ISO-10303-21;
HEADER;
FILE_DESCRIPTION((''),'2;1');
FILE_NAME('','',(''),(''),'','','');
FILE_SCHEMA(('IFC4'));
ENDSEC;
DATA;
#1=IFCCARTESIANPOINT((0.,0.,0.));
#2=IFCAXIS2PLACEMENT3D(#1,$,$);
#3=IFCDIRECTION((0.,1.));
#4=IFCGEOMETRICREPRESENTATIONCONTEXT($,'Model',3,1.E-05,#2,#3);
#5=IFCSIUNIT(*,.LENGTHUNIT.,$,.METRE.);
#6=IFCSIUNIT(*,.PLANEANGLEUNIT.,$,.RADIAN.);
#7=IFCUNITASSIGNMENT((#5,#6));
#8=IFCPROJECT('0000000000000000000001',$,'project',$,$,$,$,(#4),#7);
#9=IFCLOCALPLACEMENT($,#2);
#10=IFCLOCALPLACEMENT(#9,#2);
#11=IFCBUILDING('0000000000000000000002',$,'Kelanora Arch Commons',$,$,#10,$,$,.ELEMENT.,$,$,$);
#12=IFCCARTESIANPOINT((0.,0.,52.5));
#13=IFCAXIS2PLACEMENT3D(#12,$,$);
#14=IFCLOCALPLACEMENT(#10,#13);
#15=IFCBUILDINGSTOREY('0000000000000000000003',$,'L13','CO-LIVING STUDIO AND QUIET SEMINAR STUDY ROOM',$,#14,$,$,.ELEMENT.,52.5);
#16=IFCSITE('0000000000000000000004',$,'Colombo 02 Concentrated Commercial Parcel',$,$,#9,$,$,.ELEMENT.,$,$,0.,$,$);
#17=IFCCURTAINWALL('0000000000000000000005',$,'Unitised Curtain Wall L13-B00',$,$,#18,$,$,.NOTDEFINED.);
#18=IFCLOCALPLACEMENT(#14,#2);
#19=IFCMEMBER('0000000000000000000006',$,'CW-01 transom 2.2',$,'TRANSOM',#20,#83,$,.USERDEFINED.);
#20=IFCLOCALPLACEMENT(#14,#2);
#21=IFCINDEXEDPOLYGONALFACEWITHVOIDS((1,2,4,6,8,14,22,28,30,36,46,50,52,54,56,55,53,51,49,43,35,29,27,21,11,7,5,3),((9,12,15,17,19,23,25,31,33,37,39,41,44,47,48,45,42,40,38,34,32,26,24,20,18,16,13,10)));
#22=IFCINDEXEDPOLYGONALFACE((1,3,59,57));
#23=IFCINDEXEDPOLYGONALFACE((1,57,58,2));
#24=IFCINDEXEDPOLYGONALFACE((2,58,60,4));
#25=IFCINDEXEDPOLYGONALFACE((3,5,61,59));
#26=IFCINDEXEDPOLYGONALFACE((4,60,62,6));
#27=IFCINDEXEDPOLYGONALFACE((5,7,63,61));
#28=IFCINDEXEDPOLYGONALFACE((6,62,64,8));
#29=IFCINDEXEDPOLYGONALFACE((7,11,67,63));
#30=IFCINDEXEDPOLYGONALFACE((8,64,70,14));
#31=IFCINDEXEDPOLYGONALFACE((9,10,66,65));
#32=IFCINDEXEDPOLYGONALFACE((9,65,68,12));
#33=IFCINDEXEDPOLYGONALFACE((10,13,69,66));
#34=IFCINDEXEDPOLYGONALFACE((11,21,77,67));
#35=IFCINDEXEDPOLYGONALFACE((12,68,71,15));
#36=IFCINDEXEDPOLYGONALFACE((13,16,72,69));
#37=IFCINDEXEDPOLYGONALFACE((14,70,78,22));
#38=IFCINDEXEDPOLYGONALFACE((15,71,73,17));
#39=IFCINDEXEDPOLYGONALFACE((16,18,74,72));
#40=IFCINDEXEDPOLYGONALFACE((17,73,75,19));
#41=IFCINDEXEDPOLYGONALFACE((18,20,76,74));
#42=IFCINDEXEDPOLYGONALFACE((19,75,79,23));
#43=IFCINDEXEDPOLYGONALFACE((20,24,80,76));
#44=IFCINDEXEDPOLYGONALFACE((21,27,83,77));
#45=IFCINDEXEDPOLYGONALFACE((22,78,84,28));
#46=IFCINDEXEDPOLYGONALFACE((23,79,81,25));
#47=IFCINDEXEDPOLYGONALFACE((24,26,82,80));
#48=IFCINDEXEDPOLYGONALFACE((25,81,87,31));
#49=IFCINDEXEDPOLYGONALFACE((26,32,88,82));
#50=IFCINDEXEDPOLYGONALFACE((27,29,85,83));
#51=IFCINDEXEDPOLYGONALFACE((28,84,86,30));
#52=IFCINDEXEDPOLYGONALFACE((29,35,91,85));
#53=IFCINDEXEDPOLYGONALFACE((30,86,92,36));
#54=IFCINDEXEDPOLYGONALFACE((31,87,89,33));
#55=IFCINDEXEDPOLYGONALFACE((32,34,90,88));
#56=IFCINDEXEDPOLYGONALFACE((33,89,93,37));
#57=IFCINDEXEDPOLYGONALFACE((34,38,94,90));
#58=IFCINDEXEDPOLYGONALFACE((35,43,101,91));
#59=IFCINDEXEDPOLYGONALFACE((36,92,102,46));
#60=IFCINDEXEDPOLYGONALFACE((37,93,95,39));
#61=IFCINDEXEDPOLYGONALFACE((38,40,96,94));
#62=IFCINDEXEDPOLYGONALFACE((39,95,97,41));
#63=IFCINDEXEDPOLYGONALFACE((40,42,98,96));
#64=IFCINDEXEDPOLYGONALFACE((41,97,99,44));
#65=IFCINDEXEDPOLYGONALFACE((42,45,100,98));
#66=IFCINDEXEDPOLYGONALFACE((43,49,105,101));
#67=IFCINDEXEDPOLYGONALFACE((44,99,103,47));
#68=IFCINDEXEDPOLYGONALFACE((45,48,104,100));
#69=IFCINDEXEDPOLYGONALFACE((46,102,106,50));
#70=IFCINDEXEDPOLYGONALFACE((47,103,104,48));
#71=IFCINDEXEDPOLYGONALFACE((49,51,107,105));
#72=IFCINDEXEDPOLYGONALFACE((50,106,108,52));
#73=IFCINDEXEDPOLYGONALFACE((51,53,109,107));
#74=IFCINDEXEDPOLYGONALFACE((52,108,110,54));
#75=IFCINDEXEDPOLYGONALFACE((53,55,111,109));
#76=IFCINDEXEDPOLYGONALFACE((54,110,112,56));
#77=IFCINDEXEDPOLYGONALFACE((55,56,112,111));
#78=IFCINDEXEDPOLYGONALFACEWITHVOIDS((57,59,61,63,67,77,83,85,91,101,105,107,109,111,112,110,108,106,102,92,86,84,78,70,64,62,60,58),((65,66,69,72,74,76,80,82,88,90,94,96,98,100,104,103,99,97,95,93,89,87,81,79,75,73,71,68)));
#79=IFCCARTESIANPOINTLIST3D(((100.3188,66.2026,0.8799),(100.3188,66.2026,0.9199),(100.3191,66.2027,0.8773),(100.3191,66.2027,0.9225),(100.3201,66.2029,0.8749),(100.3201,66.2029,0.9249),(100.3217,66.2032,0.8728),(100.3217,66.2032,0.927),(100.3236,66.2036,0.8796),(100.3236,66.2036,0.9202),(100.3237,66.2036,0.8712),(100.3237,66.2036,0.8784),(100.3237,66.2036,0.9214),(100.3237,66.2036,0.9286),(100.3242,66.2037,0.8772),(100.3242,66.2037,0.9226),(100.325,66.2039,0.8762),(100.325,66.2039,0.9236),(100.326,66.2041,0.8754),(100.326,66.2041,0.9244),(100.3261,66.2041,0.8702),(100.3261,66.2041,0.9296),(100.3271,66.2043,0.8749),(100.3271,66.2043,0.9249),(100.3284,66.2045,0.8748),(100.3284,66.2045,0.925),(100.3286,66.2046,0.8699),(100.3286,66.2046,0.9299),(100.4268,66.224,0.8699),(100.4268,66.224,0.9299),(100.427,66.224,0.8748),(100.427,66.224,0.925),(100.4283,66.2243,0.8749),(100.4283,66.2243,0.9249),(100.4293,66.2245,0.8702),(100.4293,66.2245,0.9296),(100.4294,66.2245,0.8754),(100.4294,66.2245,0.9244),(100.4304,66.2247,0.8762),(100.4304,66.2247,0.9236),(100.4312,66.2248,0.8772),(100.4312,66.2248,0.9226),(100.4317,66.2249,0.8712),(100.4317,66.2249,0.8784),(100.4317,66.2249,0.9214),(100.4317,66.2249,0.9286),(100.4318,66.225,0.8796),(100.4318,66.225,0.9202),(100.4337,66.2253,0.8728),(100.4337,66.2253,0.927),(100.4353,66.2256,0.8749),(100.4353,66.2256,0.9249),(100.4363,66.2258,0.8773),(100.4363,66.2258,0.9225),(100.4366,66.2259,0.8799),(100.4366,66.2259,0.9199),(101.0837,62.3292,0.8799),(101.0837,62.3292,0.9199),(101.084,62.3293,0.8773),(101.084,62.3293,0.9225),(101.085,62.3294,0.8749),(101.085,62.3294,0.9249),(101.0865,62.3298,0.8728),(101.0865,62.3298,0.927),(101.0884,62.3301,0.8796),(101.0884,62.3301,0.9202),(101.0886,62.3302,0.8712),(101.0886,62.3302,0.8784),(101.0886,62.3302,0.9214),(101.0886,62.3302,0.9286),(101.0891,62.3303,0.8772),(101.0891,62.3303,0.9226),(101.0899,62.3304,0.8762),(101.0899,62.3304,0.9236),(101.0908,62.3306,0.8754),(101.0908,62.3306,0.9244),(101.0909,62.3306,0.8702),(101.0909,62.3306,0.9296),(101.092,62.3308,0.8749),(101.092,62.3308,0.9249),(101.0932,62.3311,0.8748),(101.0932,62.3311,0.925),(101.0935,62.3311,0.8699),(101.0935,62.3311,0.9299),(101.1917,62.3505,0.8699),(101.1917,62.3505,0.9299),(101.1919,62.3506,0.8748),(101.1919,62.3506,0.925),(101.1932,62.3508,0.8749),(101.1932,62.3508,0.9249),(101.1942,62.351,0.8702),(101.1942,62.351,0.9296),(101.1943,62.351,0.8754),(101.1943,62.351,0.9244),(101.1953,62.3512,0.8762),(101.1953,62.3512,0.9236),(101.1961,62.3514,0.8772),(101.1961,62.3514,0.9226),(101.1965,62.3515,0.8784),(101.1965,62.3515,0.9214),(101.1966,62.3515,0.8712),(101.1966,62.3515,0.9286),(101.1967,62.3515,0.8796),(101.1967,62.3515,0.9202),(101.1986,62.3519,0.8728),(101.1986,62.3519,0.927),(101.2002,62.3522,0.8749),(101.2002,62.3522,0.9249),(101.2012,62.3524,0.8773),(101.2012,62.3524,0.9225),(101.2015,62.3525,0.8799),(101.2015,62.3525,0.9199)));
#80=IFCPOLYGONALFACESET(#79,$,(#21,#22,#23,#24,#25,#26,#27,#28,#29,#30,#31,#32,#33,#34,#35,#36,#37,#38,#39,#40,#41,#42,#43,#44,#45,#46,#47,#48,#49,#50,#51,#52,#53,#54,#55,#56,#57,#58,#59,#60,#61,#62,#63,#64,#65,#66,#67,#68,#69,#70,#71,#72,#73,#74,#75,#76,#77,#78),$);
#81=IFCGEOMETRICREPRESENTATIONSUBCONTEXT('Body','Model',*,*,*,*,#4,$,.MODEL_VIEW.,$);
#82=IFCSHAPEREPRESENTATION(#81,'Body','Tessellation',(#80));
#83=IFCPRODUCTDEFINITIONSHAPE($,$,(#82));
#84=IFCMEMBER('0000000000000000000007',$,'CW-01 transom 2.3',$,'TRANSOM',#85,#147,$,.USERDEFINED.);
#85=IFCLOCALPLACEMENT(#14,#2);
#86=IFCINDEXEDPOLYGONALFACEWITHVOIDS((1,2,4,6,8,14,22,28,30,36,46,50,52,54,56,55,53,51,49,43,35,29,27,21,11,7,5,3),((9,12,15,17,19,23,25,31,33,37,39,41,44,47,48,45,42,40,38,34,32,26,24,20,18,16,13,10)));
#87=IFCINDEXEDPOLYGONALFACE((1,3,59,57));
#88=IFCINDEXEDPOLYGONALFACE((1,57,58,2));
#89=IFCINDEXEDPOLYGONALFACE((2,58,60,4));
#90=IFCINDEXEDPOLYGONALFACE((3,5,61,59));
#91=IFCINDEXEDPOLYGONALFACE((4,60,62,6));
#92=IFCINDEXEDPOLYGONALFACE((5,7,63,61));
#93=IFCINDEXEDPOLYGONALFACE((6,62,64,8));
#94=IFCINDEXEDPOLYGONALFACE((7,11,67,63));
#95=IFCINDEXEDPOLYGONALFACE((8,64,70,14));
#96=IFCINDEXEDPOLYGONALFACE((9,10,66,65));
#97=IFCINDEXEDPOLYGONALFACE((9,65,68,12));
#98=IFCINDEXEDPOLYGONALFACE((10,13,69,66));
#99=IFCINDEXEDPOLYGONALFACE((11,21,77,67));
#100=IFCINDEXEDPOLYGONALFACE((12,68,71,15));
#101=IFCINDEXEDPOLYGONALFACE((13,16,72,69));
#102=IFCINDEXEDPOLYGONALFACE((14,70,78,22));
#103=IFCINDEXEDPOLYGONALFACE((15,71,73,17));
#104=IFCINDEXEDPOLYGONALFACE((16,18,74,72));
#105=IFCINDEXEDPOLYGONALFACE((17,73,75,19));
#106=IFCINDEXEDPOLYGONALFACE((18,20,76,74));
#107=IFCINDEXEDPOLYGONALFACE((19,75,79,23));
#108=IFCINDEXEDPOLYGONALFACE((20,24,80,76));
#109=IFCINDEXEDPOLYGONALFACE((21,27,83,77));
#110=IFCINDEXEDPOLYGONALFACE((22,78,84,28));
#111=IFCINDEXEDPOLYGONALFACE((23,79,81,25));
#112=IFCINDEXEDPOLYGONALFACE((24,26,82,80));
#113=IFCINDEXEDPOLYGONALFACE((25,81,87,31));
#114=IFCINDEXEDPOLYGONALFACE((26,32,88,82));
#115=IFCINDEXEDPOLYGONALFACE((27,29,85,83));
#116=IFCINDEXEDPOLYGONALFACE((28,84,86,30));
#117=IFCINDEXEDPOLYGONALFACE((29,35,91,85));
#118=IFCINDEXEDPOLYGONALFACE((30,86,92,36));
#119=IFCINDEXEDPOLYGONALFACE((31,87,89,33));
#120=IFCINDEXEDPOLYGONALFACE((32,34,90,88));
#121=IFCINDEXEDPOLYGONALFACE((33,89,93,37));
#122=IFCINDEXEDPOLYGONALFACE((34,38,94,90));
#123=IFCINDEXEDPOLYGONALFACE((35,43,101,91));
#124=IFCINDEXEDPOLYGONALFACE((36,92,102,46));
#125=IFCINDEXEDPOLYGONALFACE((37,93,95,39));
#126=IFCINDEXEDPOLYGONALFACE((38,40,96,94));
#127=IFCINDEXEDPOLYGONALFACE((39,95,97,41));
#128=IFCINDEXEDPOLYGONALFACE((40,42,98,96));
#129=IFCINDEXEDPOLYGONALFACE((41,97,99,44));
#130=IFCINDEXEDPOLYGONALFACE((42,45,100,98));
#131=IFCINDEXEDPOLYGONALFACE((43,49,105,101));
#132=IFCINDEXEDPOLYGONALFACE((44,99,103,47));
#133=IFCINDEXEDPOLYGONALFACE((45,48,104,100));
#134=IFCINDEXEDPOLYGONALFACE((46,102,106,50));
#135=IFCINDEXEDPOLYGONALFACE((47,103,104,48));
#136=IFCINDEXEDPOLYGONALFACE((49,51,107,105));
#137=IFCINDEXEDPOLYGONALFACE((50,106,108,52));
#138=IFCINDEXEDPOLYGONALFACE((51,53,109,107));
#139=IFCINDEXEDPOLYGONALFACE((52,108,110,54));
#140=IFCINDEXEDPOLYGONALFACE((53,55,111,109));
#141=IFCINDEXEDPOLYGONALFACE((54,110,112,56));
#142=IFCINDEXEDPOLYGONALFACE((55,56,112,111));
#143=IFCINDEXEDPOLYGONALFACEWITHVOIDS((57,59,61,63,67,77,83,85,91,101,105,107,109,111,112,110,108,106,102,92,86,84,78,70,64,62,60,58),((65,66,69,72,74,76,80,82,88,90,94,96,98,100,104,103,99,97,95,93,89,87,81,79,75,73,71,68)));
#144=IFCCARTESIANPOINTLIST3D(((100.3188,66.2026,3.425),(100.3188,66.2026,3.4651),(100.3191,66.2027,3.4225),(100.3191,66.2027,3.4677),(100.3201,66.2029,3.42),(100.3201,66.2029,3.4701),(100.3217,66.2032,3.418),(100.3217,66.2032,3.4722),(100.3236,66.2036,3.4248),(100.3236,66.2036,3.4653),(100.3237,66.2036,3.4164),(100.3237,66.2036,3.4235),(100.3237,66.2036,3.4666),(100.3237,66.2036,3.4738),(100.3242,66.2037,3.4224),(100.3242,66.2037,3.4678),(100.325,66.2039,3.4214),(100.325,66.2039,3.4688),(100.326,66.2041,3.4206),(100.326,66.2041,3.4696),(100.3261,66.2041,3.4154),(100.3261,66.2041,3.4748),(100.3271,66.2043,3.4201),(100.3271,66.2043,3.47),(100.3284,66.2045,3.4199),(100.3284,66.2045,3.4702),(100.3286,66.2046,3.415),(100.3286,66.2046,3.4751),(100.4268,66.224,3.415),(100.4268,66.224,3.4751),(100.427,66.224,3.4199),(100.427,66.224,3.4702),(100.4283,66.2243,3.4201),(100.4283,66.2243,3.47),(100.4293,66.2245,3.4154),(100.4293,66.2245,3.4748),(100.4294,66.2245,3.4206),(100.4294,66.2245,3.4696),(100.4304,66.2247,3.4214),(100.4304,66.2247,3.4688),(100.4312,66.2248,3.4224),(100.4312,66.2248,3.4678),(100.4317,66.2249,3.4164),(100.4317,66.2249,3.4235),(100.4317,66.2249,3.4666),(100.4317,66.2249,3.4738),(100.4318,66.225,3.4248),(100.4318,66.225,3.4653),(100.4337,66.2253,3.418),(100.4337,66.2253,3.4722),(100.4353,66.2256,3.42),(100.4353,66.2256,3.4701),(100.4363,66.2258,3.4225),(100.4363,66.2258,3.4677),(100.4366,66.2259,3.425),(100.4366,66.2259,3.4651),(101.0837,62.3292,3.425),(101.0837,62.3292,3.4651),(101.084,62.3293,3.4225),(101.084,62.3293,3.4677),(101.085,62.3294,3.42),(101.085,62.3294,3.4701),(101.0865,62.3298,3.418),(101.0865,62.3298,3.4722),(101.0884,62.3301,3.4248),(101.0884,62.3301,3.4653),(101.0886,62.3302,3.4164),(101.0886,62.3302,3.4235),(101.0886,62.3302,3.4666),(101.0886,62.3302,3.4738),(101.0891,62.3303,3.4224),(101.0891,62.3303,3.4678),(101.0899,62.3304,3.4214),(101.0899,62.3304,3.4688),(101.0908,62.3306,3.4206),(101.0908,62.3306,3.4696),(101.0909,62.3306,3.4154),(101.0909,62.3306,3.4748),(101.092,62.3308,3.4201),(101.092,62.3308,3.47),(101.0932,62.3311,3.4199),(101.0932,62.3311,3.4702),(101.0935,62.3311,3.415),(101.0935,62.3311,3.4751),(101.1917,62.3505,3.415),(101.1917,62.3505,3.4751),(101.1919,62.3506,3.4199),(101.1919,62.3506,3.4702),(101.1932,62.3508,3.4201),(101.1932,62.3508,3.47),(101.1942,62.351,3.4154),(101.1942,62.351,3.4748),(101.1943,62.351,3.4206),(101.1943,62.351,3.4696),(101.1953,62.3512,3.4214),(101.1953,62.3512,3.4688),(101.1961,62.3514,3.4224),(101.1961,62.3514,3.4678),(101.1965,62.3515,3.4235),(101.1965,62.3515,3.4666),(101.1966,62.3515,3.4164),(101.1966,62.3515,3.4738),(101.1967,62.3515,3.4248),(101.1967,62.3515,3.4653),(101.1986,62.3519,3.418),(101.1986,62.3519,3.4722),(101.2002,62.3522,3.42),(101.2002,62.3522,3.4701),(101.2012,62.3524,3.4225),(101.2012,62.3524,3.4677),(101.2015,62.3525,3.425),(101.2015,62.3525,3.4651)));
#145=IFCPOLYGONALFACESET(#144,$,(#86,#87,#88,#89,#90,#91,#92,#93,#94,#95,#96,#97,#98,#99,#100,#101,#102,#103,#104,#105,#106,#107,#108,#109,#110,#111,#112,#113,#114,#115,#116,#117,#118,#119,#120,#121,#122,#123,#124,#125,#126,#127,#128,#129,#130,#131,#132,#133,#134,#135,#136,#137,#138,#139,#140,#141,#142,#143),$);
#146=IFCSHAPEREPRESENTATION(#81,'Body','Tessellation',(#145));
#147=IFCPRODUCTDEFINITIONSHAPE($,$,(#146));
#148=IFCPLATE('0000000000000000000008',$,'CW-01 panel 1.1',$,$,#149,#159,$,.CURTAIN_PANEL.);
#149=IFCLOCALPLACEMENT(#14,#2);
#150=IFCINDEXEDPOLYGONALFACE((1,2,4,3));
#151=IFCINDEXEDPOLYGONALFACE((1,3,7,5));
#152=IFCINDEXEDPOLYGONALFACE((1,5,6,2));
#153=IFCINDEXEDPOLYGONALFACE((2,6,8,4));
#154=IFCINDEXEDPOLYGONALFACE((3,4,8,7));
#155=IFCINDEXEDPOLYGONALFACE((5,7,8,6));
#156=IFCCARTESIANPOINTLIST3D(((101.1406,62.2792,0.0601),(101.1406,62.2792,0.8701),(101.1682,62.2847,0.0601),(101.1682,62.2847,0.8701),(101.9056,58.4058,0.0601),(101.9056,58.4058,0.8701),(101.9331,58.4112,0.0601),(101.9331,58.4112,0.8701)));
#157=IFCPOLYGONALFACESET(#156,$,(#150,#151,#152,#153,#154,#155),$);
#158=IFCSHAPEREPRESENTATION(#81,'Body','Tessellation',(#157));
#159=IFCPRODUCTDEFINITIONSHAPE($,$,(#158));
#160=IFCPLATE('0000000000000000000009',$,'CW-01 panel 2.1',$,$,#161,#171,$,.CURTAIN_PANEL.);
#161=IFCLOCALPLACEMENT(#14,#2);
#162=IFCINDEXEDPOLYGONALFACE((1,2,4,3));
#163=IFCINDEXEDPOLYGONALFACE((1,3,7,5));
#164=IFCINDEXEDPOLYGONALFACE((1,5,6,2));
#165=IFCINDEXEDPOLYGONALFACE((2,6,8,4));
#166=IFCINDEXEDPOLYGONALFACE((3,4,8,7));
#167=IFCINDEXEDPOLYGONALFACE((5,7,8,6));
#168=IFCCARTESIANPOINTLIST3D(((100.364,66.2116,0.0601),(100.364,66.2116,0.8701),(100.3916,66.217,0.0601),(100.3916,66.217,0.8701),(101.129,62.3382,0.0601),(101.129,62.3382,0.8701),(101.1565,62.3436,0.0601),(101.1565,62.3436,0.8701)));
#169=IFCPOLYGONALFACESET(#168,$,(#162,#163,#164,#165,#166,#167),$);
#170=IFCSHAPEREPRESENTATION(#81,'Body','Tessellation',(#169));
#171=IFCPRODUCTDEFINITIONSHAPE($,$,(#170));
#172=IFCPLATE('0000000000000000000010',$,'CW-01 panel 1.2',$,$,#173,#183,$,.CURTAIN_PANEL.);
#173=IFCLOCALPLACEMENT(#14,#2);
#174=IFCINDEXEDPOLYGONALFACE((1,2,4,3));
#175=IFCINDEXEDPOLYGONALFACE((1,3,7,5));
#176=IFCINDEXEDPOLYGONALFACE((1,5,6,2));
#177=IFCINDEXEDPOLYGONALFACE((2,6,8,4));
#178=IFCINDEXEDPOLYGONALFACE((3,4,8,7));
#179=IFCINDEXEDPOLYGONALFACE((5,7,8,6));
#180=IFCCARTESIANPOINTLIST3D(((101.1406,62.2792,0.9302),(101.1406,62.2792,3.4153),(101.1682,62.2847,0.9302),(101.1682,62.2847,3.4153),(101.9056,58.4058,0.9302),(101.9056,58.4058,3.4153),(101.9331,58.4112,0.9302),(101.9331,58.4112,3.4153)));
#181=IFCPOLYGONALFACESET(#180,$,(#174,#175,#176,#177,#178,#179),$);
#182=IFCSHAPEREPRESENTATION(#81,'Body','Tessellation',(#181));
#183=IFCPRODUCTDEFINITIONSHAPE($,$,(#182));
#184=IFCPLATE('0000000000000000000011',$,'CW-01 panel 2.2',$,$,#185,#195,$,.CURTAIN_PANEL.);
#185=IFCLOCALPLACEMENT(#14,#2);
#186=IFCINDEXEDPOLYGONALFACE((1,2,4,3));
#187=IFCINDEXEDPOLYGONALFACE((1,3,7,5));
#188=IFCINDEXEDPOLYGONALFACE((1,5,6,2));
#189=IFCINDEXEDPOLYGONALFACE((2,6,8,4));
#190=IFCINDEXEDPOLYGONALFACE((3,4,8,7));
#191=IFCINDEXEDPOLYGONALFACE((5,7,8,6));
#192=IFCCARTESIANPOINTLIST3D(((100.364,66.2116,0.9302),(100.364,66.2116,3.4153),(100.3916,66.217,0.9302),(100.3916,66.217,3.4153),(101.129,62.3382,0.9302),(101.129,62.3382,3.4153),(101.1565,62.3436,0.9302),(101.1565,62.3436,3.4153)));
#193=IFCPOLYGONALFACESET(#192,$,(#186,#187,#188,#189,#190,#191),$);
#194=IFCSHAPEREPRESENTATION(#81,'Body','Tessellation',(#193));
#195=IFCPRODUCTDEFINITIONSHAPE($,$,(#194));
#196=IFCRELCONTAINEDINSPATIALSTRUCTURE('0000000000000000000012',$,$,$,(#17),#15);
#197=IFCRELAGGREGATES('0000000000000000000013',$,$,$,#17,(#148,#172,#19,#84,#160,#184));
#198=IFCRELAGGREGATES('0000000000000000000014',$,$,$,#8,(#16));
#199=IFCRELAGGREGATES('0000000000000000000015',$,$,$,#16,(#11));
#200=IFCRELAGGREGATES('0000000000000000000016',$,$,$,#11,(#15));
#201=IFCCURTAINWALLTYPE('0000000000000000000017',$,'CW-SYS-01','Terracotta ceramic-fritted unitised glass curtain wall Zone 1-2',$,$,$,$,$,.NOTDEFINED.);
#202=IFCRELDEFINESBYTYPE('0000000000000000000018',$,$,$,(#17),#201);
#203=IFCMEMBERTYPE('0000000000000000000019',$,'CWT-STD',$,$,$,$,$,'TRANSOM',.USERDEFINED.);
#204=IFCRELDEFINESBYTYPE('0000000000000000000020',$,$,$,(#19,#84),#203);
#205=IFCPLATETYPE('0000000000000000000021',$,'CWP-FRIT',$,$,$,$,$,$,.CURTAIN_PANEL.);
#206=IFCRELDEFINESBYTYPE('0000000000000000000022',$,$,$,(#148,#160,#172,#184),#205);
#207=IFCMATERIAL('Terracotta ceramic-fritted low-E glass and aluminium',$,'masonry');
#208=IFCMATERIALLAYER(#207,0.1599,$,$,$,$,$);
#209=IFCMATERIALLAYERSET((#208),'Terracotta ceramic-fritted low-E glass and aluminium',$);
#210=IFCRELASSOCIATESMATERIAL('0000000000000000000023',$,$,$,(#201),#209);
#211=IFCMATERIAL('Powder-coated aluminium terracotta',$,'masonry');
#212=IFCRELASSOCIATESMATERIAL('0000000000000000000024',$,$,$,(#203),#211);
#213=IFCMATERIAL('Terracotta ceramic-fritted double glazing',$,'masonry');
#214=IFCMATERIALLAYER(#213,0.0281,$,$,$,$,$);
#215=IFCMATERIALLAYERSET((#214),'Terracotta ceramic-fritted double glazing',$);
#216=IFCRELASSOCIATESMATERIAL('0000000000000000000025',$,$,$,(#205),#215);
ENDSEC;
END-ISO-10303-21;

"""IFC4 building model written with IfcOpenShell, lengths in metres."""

from ifc_helpers import new_model, si_unit, direction, frame, origin, origin_2d, place, context, subcontext, project, spatial, rectangle, hollow_rectangle, extrude, source, transform, mapped, material, layer, layer_set, material_profile, profile_set, type_object, element, aggregate, save


model = new_model("IFC4")

# Units and contexts
model_context = context("Model", 3, precision=1e-05, world=origin(), true_north=direction((0.0, 1.0)))
body_context = subcontext(model_context, "Body", "Model", "MODEL_VIEW")
ifc_project = project(units=[si_unit("LENGTHUNIT", "METRE"), si_unit("PLANEANGLEUNIT", "RADIAN")], contexts=[model_context])

# Site, building, storey
site_placement = place(None, origin())
site = spatial("IfcSite", under=ifc_project, at=site_placement, Name="Colombo 02 Concentrated Commercial Parcel", CompositionType="ELEMENT", RefElevation=0.0)
building_placement = place(site_placement, origin())
building = spatial("IfcBuilding", under=site, at=building_placement, Name="Kelanora Arch Commons", CompositionType="ELEMENT")
storey_placement = place(building_placement, frame((0.0, 0.0, 52.5)))
storey = spatial("IfcBuildingStorey", under=building, at=storey_placement, Name="L13", Description="CO-LIVING STUDIO AND QUIET SEMINAR STUDY ROOM", CompositionType="ELEMENT", Elevation=52.5)

# Curtain wall, members, plates
ifc_material_1 = material(Name="Terracotta ceramic-fritted low-E glass and aluminium", Category="masonry")
ifc_layer_1 = layer(ifc_material_1, 0.1599)
ifc_layer_set_1 = layer_set([ifc_layer_1], Name="Terracotta ceramic-fritted low-E glass and aluminium")
curtain_wall_type = type_object("IfcCurtainWallType", Name="CW-SYS-01", Description="Terracotta ceramic-fritted unitised glass curtain wall Zone 1-2", PredefinedType="NOTDEFINED", material=ifc_layer_set_1)
curtain_wall_placement = place(storey_placement, origin())
curtain_wall = element("IfcCurtainWall", 1, at=curtain_wall_placement, inside=storey, type_object=curtain_wall_type, Name="Unitised Curtain Wall L13-B00", PredefinedType="NOTDEFINED")
ifc_material_2 = material(Name="Powder-coated aluminium terracotta", Category="masonry")
ifc_material_profile_1 = material_profile(ifc_material_2, hollow_rectangle(XDim=0.1201, YDim=0.0601, WallThickness=0.0049, InnerFilletRadius=0.0049, OuterFilletRadius=0.01, at=origin_2d()), Name="CWT120x60")
ifc_profile_set_1 = profile_set([ifc_material_profile_1], Name="Powder-coated aluminium terracotta")
member_type_1 = type_object("IfcMemberType", Name="CWT-STD", ElementType="TRANSOM", PredefinedType="USERDEFINED", material=ifc_profile_set_1)
member_1_placement = place(storey_placement, frame((101.1426, 62.3408, 0.8999), z_axis=(-0.193725, 0.981056, 0.0), x_axis=(-0.981056, -0.193725, 0.0)))
member_1 = element("IfcMember", 2, at=member_1_placement, type_object=member_type_1, Name="CW-01 transom 2.2", ObjectType="TRANSOM", PredefinedType="USERDEFINED", context=body_context, shape_type="SweptSolid", body=[
    extrude(hollow_rectangle(XDim=0.1201, YDim=0.0601, WallThickness=0.0049, InnerFilletRadius=0.0049, OuterFilletRadius=0.01, at=origin_2d()), origin(), (0.0, 0.0, 1.0), 3.9482),
])
member_2_placement = place(storey_placement, frame((101.1426, 62.3408, 3.4451), z_axis=(-0.193725, 0.981056, 0.0), x_axis=(-0.981056, -0.193725, 0.0)))
member_2 = element("IfcMember", 3, at=member_2_placement, type_object=member_type_1, Name="CW-01 transom 2.3", ObjectType="TRANSOM", PredefinedType="USERDEFINED", context=body_context, shape_type="SweptSolid", body=[
    extrude(hollow_rectangle(XDim=0.1201, YDim=0.0601, WallThickness=0.0049, InnerFilletRadius=0.0049, OuterFilletRadius=0.01, at=origin_2d()), origin(), (0.0, 0.0, 1.0), 3.9482),
])
ifc_material_3 = material(Name="Terracotta ceramic-fritted double glazing", Category="masonry")
ifc_layer_2 = layer(ifc_material_3, 0.0281)
ifc_layer_set_2 = layer_set([ifc_layer_2], Name="Terracotta ceramic-fritted double glazing")
plate_type = type_object("IfcPlateType", Name="CWP-FRIT", PredefinedType="CURTAIN_PANEL", material=ifc_layer_set_2)
shared_shape_1 = source(origin(), body_context, "Body", "SweptSolid", [
    extrude(rectangle(XDim=3.9482, YDim=0.0281, at=origin_2d()), origin(), (0.0, 0.0, 1.0), 0.8101),
])
plate_1_placement = place(storey_placement, frame((101.5369, 60.3452, 0.0601), z_axis=(0.0, 0.0, 1.0), x_axis=(-0.193744, 0.981052, 0.0)))
plate_1 = element("IfcPlate", 4, at=plate_1_placement, type_object=plate_type, Name="CW-01 panel 1.1", PredefinedType="CURTAIN_PANEL", context=body_context, shape_type="MappedRepresentation", body=[
    mapped(shared_shape_1, transform((0.0, 0.0, 0.0), scale=1.0)),
])
plate_2_placement = place(storey_placement, frame((100.7603, 64.2776, 0.0601), z_axis=(0.0, 0.0, 1.0), x_axis=(-0.193744, 0.981052, 0.0)))
plate_2 = element("IfcPlate", 5, at=plate_2_placement, type_object=plate_type, Name="CW-01 panel 2.1", PredefinedType="CURTAIN_PANEL", context=body_context, shape_type="MappedRepresentation", body=[
    mapped(shared_shape_1, transform((0.0, 0.0, 0.0), scale=1.0)),
])
shared_shape_2 = source(origin(), body_context, "Body", "SweptSolid", [
    extrude(rectangle(XDim=3.9482, YDim=0.0281, at=origin_2d()), origin(), (0.0, 0.0, 1.0), 2.4851),
])
plate_3_placement = place(storey_placement, frame((101.5369, 60.3452, 0.9302), z_axis=(0.0, 0.0, 1.0), x_axis=(-0.193744, 0.981052, 0.0)))
plate_3 = element("IfcPlate", 6, at=plate_3_placement, type_object=plate_type, Name="CW-01 panel 1.2", PredefinedType="CURTAIN_PANEL", context=body_context, shape_type="MappedRepresentation", body=[
    mapped(shared_shape_2, transform((0.0, 0.0, 0.0), scale=1.0)),
])
plate_4_placement = place(storey_placement, frame((100.7603, 64.2776, 0.9302), z_axis=(0.0, 0.0, 1.0), x_axis=(-0.193744, 0.981052, 0.0)))
plate_4 = element("IfcPlate", 7, at=plate_4_placement, type_object=plate_type, Name="CW-01 panel 2.2", PredefinedType="CURTAIN_PANEL", context=body_context, shape_type="MappedRepresentation", body=[
    mapped(shared_shape_2, transform((0.0, 0.0, 0.0), scale=1.0)),
])
aggregate(curtain_wall, [plate_1, plate_3, member_1, member_2, plate_2, plate_4])

save(model, "model.ifc")
